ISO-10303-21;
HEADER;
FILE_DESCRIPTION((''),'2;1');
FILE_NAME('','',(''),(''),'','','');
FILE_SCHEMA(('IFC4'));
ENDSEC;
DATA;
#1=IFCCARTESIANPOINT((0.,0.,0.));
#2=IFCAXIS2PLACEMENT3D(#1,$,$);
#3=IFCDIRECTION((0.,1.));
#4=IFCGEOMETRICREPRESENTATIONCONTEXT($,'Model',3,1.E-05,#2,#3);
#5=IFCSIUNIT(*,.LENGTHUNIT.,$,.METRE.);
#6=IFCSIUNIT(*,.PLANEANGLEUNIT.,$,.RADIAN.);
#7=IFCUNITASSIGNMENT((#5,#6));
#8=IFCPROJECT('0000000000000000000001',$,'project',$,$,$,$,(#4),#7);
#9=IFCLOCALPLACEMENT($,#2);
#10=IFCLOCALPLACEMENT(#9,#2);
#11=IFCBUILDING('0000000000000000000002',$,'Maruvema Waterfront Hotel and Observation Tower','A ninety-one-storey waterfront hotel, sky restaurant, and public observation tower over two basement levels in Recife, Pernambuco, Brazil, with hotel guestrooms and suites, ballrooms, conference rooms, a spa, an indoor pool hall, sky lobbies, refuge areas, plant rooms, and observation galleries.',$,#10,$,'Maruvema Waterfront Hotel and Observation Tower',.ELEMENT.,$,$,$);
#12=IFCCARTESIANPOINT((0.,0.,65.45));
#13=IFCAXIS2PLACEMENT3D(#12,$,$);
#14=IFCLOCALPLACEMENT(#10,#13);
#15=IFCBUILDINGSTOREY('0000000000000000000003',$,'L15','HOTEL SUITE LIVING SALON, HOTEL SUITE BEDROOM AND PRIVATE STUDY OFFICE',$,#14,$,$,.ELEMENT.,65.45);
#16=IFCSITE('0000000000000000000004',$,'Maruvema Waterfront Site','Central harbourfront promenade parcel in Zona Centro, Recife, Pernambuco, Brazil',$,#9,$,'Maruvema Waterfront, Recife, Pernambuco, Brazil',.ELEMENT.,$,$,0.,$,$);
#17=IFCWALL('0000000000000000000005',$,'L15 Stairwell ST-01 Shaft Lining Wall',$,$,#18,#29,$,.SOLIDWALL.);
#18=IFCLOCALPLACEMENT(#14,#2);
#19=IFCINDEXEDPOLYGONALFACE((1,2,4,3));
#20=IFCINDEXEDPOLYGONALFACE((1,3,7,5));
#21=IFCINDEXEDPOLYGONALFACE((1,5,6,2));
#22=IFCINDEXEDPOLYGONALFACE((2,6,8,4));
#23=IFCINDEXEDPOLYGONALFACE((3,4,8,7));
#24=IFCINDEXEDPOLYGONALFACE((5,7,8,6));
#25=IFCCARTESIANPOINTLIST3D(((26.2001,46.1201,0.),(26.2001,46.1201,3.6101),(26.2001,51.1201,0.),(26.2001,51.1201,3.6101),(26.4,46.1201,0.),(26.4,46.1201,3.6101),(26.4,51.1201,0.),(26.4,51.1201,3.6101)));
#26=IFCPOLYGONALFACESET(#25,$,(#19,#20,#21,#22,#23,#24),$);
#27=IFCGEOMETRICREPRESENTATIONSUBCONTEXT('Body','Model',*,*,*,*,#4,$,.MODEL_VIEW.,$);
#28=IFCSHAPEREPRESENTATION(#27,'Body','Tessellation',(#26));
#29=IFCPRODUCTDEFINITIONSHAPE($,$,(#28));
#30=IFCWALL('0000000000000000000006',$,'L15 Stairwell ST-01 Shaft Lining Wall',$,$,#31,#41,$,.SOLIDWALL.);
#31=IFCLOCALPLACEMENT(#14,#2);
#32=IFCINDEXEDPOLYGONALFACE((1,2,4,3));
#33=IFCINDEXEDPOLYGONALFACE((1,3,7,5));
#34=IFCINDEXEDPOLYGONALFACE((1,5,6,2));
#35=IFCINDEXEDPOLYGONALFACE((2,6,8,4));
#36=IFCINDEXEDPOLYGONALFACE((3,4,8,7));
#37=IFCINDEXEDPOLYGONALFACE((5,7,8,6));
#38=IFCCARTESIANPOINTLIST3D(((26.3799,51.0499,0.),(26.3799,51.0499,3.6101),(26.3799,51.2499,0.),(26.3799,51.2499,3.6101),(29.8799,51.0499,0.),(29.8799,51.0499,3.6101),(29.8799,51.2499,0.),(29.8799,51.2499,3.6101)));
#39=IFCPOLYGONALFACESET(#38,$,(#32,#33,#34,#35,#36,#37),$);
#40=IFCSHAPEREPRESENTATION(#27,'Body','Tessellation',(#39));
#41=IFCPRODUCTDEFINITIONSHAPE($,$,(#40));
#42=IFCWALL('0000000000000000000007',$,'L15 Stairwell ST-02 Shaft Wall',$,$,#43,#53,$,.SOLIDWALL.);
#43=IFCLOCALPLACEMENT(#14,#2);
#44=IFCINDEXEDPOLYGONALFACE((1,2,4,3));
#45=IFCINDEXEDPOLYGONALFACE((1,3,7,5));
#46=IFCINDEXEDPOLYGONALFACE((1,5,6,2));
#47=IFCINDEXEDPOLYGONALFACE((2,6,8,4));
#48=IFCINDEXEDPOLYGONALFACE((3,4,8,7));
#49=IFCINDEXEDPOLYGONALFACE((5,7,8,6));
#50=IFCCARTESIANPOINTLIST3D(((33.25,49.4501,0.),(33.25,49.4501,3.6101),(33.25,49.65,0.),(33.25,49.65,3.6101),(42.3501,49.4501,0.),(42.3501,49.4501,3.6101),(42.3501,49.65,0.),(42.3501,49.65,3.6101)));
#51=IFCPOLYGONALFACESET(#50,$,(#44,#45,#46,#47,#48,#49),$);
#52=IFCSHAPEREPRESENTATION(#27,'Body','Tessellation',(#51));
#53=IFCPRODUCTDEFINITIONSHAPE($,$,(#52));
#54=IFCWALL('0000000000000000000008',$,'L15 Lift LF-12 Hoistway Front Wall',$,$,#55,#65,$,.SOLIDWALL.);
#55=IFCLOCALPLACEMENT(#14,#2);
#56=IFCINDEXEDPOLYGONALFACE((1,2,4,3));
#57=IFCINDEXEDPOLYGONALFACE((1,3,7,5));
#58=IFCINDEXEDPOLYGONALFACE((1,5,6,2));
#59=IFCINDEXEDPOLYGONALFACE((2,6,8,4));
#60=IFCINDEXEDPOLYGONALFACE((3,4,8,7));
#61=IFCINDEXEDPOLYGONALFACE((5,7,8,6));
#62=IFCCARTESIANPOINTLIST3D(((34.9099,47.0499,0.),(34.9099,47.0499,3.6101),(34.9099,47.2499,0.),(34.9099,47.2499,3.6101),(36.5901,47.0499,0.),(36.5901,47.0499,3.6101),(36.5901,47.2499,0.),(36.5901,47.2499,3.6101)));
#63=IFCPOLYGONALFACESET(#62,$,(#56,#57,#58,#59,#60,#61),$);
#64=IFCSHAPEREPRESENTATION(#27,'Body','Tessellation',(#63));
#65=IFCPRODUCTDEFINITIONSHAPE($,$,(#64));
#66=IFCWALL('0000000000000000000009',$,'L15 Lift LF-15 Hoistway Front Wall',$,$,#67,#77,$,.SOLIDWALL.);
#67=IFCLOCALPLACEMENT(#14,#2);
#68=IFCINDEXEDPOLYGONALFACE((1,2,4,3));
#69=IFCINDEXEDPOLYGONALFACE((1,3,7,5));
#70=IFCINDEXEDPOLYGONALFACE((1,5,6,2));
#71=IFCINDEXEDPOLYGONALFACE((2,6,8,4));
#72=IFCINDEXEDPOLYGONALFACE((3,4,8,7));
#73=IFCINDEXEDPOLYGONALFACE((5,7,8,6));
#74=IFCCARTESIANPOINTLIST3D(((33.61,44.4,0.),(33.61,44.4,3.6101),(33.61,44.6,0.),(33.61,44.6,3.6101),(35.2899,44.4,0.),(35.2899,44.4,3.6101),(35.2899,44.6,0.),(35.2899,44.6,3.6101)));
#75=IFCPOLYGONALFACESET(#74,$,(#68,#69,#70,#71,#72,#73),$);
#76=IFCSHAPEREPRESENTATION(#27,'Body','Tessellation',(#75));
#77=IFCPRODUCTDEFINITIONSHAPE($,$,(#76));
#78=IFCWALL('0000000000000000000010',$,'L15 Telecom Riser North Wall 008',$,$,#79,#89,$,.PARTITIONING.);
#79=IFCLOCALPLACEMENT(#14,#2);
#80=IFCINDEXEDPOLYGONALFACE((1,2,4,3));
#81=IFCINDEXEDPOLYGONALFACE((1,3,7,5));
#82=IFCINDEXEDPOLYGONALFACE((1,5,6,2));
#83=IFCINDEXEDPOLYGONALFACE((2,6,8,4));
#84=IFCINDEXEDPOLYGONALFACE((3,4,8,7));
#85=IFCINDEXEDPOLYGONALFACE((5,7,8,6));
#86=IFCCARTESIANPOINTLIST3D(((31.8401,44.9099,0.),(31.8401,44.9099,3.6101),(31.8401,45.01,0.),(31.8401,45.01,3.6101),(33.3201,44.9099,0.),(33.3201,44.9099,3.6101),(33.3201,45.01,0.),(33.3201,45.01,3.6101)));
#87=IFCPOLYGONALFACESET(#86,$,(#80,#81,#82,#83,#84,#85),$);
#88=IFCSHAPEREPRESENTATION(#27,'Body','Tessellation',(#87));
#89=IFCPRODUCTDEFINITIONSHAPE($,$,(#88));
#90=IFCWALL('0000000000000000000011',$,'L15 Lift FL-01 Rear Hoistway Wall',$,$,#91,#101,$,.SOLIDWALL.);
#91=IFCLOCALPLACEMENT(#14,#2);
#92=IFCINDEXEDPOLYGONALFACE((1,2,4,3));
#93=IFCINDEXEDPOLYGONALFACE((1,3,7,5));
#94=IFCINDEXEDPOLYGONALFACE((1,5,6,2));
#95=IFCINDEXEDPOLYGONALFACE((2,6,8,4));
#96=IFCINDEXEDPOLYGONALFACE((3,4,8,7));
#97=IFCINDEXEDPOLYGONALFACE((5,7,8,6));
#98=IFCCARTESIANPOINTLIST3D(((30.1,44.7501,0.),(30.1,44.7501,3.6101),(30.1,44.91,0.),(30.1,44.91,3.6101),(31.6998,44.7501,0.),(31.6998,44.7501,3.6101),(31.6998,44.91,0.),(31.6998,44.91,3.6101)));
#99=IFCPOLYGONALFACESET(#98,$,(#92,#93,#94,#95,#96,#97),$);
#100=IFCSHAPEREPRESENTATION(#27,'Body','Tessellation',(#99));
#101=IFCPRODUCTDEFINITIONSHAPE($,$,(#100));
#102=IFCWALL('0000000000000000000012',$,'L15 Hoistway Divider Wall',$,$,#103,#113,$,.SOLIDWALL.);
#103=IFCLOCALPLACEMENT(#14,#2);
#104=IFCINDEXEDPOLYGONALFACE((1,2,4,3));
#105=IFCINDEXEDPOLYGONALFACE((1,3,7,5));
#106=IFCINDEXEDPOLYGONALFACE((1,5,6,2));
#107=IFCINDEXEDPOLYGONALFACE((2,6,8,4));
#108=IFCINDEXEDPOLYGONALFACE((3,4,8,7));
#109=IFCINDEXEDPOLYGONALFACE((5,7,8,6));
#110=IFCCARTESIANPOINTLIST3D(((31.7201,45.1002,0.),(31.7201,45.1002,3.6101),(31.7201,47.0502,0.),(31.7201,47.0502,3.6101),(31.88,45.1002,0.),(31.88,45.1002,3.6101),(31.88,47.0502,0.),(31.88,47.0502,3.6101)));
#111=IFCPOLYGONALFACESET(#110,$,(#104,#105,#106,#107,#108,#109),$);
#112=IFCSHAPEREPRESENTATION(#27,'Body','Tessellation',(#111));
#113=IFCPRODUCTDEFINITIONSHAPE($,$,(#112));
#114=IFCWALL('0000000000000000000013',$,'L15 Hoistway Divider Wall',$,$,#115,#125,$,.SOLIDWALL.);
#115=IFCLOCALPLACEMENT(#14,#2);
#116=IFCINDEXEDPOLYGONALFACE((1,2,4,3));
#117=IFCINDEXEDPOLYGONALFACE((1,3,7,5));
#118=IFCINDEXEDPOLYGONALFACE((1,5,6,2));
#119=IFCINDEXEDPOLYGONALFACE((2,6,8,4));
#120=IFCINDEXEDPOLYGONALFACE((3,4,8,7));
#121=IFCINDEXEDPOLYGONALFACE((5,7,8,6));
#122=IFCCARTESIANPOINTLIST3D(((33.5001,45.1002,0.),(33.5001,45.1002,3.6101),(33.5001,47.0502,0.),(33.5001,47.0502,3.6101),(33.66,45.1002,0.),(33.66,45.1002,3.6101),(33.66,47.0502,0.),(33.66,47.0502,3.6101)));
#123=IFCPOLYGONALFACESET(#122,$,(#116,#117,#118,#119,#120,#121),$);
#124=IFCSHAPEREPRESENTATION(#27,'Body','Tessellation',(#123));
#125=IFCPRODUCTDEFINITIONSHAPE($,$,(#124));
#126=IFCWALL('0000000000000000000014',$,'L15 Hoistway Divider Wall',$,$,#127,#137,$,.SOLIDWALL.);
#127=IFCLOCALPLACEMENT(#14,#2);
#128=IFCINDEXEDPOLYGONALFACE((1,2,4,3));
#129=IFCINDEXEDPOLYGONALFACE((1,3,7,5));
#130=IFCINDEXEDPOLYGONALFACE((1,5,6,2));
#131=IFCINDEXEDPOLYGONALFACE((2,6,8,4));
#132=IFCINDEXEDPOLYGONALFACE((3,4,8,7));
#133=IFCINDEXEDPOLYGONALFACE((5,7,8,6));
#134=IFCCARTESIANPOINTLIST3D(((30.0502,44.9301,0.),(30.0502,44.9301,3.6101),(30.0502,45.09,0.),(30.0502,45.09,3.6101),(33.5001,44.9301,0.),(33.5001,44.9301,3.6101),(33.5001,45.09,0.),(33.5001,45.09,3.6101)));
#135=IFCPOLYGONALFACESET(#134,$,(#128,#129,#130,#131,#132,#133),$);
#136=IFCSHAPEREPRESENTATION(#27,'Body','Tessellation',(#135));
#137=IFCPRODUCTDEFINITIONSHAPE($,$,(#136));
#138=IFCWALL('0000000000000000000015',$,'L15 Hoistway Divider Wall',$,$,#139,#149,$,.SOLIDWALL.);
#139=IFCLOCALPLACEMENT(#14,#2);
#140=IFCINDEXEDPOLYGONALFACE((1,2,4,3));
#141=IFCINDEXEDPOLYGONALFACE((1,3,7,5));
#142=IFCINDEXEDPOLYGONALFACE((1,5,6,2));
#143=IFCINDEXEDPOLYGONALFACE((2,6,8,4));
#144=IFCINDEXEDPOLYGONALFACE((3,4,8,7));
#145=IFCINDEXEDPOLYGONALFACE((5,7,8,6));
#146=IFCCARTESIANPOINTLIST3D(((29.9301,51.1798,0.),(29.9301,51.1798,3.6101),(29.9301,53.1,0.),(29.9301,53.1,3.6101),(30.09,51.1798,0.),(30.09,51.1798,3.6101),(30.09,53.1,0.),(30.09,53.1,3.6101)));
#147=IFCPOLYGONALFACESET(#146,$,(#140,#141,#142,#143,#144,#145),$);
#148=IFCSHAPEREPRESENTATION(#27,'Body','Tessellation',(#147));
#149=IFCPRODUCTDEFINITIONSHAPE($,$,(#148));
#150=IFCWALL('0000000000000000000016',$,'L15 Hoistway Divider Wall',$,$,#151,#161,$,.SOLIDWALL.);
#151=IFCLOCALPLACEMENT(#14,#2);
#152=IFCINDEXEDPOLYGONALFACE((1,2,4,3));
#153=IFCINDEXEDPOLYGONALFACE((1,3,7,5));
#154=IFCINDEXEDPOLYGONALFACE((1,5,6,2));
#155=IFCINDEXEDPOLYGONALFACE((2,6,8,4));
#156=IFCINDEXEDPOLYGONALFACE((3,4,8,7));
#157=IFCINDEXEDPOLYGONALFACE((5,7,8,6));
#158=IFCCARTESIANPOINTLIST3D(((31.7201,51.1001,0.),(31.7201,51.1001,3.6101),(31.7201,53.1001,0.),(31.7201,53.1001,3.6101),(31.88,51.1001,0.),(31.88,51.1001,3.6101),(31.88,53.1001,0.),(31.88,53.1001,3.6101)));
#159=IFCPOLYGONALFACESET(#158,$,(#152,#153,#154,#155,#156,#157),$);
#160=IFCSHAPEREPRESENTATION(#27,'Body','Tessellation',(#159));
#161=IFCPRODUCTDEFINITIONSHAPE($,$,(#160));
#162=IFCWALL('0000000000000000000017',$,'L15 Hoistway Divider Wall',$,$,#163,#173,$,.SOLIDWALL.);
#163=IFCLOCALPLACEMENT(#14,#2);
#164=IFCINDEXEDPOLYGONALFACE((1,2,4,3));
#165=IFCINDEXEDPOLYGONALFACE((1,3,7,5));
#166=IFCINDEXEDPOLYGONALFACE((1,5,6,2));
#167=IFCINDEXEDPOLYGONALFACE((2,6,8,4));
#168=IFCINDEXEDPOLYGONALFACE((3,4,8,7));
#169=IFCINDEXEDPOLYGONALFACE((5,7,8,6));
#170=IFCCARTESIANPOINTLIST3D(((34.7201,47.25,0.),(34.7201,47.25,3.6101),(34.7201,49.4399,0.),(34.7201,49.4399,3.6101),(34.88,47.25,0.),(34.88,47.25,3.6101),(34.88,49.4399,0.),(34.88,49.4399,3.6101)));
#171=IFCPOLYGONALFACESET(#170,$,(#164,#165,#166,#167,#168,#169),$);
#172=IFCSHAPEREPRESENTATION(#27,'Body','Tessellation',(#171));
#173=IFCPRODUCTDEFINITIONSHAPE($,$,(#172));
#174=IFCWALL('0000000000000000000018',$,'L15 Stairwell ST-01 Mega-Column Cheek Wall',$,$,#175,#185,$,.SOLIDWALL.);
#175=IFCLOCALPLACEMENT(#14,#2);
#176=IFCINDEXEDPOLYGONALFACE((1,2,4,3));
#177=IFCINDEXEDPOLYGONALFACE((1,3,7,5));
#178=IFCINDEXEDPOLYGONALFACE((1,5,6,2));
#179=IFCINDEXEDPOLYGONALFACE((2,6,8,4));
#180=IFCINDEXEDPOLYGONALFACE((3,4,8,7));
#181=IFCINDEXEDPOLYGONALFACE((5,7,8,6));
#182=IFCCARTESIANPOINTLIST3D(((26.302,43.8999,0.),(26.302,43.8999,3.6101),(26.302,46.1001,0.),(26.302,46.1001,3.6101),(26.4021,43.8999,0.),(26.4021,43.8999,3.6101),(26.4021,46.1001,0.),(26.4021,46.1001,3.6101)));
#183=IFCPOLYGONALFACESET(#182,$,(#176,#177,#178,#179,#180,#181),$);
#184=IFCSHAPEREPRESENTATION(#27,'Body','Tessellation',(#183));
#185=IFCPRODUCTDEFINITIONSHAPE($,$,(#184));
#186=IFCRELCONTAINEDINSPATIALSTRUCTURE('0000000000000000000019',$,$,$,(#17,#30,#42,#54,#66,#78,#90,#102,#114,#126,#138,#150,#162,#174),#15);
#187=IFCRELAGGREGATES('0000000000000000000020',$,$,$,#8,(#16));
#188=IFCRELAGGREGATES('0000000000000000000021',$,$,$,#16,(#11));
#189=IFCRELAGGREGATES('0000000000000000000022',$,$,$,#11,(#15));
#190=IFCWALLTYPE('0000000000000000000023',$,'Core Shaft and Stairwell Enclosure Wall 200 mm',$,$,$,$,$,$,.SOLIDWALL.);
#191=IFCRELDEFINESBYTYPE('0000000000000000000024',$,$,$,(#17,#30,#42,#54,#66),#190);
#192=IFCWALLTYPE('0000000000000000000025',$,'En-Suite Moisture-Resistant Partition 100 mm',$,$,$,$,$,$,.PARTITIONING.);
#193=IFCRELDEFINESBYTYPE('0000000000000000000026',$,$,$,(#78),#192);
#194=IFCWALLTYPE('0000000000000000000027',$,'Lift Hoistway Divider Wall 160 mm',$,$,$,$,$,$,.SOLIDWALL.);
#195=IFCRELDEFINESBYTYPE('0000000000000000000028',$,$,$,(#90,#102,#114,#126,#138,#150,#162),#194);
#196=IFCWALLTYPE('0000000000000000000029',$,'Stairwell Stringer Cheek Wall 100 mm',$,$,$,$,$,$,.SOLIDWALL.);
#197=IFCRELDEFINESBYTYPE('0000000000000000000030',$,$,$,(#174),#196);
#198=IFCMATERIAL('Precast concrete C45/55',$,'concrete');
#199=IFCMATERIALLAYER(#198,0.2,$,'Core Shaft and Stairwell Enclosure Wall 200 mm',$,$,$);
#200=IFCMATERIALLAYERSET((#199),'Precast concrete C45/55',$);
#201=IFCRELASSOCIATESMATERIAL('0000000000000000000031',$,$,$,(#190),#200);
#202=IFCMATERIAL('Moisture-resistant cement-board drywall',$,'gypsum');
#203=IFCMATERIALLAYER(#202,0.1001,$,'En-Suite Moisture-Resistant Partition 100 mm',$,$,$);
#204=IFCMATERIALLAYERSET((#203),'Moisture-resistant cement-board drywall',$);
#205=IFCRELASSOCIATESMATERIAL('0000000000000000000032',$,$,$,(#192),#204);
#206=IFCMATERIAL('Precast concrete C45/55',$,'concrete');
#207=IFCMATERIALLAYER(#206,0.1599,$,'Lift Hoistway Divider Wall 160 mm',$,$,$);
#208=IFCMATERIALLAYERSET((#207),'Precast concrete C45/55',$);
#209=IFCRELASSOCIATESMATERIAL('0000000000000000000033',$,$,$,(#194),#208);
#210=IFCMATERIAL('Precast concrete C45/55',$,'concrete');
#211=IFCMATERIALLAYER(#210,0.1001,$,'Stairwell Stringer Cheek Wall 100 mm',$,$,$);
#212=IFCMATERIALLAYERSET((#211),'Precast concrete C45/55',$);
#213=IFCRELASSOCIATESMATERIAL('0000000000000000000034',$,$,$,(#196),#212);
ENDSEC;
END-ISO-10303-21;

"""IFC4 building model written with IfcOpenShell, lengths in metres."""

from ifc_helpers import new_model, si_unit, direction, frame, frame_2d, origin, place, context, subcontext, project, spatial, rectangle, extrude, material, layer, layer_set, type_object, element, save


model = new_model("IFC4")

# Units and contexts
model_context = context("Model", 3, precision=1e-05, world=origin(), true_north=direction((0.0, 1.0)))
body_context = subcontext(model_context, "Body", "Model", "MODEL_VIEW")
ifc_project = project(units=[si_unit("LENGTHUNIT", "METRE"), si_unit("PLANEANGLEUNIT", "RADIAN")], contexts=[model_context])

# Site, building, storey
site_placement = place(None, origin())
site = spatial("IfcSite", under=ifc_project, at=site_placement, Name="Maruvema Waterfront Site", Description="Central harbourfront promenade parcel in Zona Centro, Recife, Pernambuco, Brazil", LongName="Maruvema Waterfront, Recife, Pernambuco, Brazil", CompositionType="ELEMENT", RefElevation=0.0)
building_placement = place(site_placement, origin())
building = spatial("IfcBuilding", under=site, at=building_placement, Name="Maruvema Waterfront Hotel and Observation Tower", Description="A ninety-one-storey waterfront hotel, sky restaurant, and public observation tower over two basement levels in Recife, Pernambuco, Brazil, with hotel guestrooms and suites, ballrooms, conference rooms, a spa, an indoor pool hall, sky lobbies, refuge areas, plant rooms, and observation galleries.", LongName="Maruvema Waterfront Hotel and Observation Tower", CompositionType="ELEMENT")
storey_placement = place(building_placement, frame((0.0, 0.0, 65.45)))
storey = spatial("IfcBuildingStorey", under=building, at=storey_placement, Name="L15", Description="HOTEL SUITE LIVING SALON, HOTEL SUITE BEDROOM AND PRIVATE STUDY OFFICE", CompositionType="ELEMENT", Elevation=65.45)

# Walls
ifc_material_1 = material(Name="Precast concrete C45/55", Category="concrete")
ifc_layer_1 = layer(ifc_material_1, 0.2, Name="Core Shaft and Stairwell Enclosure Wall 200 mm")
ifc_layer_set_1 = layer_set([ifc_layer_1], Name="Precast concrete C45/55")
wall_type_1 = type_object("IfcWallType", Name="Core Shaft and Stairwell Enclosure Wall 200 mm", PredefinedType="SOLIDWALL", material=ifc_layer_set_1)
wall_1_placement = place(storey_placement, frame((26.3, 46.1201, 0.0), z_axis=(0.0, 0.0, 1.0), x_axis=(0.0, 1.0, 0.0)))
element("IfcWall", 1, at=wall_1_placement, inside=storey, type_object=wall_type_1, Name="L15 Stairwell ST-01 Shaft Lining Wall", PredefinedType="SOLIDWALL", context=body_context, shape_type="SweptSolid", body=[
    extrude(rectangle(XDim=5.0, YDim=0.2, at=frame_2d((2.5, 0.0))), origin(), (0.0, 0.0, 1.0), 3.6101),
])
wall_2_placement = place(storey_placement, frame((26.3799, 51.1499, 0.0), z_axis=(0.0, 0.0, 1.0), x_axis=(1.0, 0.0, 0.0)))
element("IfcWall", 2, at=wall_2_placement, inside=storey, type_object=wall_type_1, Name="L15 Stairwell ST-01 Shaft Lining Wall", PredefinedType="SOLIDWALL", context=body_context, shape_type="SweptSolid", body=[
    extrude(rectangle(XDim=3.5, YDim=0.2, at=frame_2d((1.75, 0.0))), origin(), (0.0, 0.0, 1.0), 3.6101),
])
wall_3_placement = place(storey_placement, frame((33.25, 49.55, 0.0), z_axis=(0.0, 0.0, 1.0), x_axis=(1.0, 0.0, 0.0)))
element("IfcWall", 3, at=wall_3_placement, inside=storey, type_object=wall_type_1, Name="L15 Stairwell ST-02 Shaft Wall", PredefinedType="SOLIDWALL", context=body_context, shape_type="SweptSolid", body=[
    extrude(rectangle(XDim=9.1001, YDim=0.2, at=frame_2d((4.55, 0.0))), origin(), (0.0, 0.0, 1.0), 3.6101),
])

# Walls
wall_4_placement = place(storey_placement, frame((34.9099, 47.1499, 0.0), z_axis=(0.0, 0.0, 1.0), x_axis=(1.0, 0.0, 0.0)))
element("IfcWall", 4, at=wall_4_placement, inside=storey, type_object=wall_type_1, Name="L15 Lift LF-12 Hoistway Front Wall", PredefinedType="SOLIDWALL", context=body_context, shape_type="SweptSolid", body=[
    extrude(rectangle(XDim=1.6802, YDim=0.2, at=frame_2d((0.8401, 0.0))), origin(), (0.0, 0.0, 1.0), 3.6101),
])
wall_5_placement = place(storey_placement, frame((33.6101, 44.5, 0.0), z_axis=(0.0, 0.0, 1.0), x_axis=(1.0, 0.0, 0.0)))
element("IfcWall", 5, at=wall_5_placement, inside=storey, type_object=wall_type_1, Name="L15 Lift LF-15 Hoistway Front Wall", PredefinedType="SOLIDWALL", context=body_context, shape_type="SweptSolid", body=[
    extrude(rectangle(XDim=1.6799, YDim=0.2, at=frame_2d((0.8398, 0.0))), origin(), (0.0, 0.0, 1.0), 3.6101),
])
ifc_material_2 = material(Name="Moisture-resistant cement-board drywall", Category="gypsum")
ifc_layer_2 = layer(ifc_material_2, 0.1001, Name="En-Suite Moisture-Resistant Partition 100 mm")
ifc_layer_set_2 = layer_set([ifc_layer_2], Name="Moisture-resistant cement-board drywall")
wall_type_2 = type_object("IfcWallType", Name="En-Suite Moisture-Resistant Partition 100 mm", PredefinedType="PARTITIONING", material=ifc_layer_set_2)
wall_6_placement = place(storey_placement, frame((31.8401, 44.96, 0.0), z_axis=(0.0, 0.0, 1.0), x_axis=(1.0, 0.0, 0.0)))
element("IfcWall", 6, at=wall_6_placement, inside=storey, type_object=wall_type_2, Name="L15 Telecom Riser North Wall 008", PredefinedType="PARTITIONING", context=body_context, shape_type="SweptSolid", body=[
    extrude(rectangle(XDim=1.48, YDim=0.1001, at=frame_2d((0.74, 0.0))), origin(), (0.0, 0.0, 1.0), 3.6101),
])
ifc_material_3 = material(Name="Precast concrete C45/55", Category="concrete")
ifc_layer_3 = layer(ifc_material_3, 0.1599, Name="Lift Hoistway Divider Wall 160 mm")
ifc_layer_set_3 = layer_set([ifc_layer_3], Name="Precast concrete C45/55")
wall_type_3 = type_object("IfcWallType", Name="Lift Hoistway Divider Wall 160 mm", PredefinedType="SOLIDWALL", material=ifc_layer_set_3)
wall_7_placement = place(storey_placement, frame((30.1001, 44.8301, 0.0), z_axis=(0.0, 0.0, 1.0), x_axis=(1.0, 0.0, 0.0)))
element("IfcWall", 7, at=wall_7_placement, inside=storey, type_object=wall_type_3, Name="L15 Lift FL-01 Rear Hoistway Wall", PredefinedType="SOLIDWALL", context=body_context, shape_type="SweptSolid", body=[
    extrude(rectangle(XDim=1.5999, YDim=0.1599, at=frame_2d((0.7998, 0.0))), origin(), (0.0, 0.0, 1.0), 3.6101),
])
for number, where, z_axis, x_axis, name in (
    (8, (31.8, 45.1001, 0.0), (0.0, 0.0, 1.0), (0.0, 1.0, 0.0), "L15 Hoistway Divider Wall"),
    (9, (33.5801, 45.1001, 0.0), (0.0, 0.0, 1.0), (0.0, 1.0, 0.0), "L15 Hoistway Divider Wall"),
):
    element("IfcWall", number, at=place(storey_placement, frame(where, z_axis=z_axis, x_axis=x_axis)), inside=storey, type_object=wall_type_3, Name=name, PredefinedType="SOLIDWALL", context=body_context, shape_type="SweptSolid", body=[
        extrude(rectangle(XDim=1.95, YDim=0.1599, at=frame_2d((0.9751, 0.0))), origin(), (0.0, 0.0, 1.0), 3.6101),
    ])
wall_8_placement = place(storey_placement, frame((30.05, 45.01, 0.0), z_axis=(0.0, 0.0, 1.0), x_axis=(1.0, 0.0, 0.0)))
element("IfcWall", 10, at=wall_8_placement, inside=storey, type_object=wall_type_3, Name="L15 Hoistway Divider Wall", PredefinedType="SOLIDWALL", context=body_context, shape_type="SweptSolid", body=[
    extrude(rectangle(XDim=3.45, YDim=0.1599, at=frame_2d((1.7251, 0.0))), origin(), (0.0, 0.0, 1.0), 3.6101),
])
wall_9_placement = place(storey_placement, frame((30.01, 51.1799, 0.0), z_axis=(0.0, 0.0, 1.0), x_axis=(0.0, 1.0, 0.0)))
element("IfcWall", 11, at=wall_9_placement, inside=storey, type_object=wall_type_3, Name="L15 Hoistway Divider Wall", PredefinedType="SOLIDWALL", context=body_context, shape_type="SweptSolid", body=[
    extrude(rectangle(XDim=1.9202, YDim=0.1599, at=frame_2d((0.96, 0.0))), origin(), (0.0, 0.0, 1.0), 3.6101),
])
wall_10_placement = place(storey_placement, frame((31.8, 51.1001, 0.0), z_axis=(0.0, 0.0, 1.0), x_axis=(0.0, 1.0, 0.0)))
element("IfcWall", 12, at=wall_10_placement, inside=storey, type_object=wall_type_3, Name="L15 Hoistway Divider Wall", PredefinedType="SOLIDWALL", context=body_context, shape_type="SweptSolid", body=[
    extrude(rectangle(XDim=2.0, YDim=0.1599, at=frame_2d((1.0, 0.0))), origin(), (0.0, 0.0, 1.0), 3.6101),
])
wall_11_placement = place(storey_placement, frame((34.8, 47.25, 0.0), z_axis=(0.0, 0.0, 1.0), x_axis=(0.0, 1.0, 0.0)))
element("IfcWall", 13, at=wall_11_placement, inside=storey, type_object=wall_type_3, Name="L15 Hoistway Divider Wall", PredefinedType="SOLIDWALL", context=body_context, shape_type="SweptSolid", body=[
    extrude(rectangle(XDim=2.1899, YDim=0.1599, at=frame_2d((1.095, 0.0))), origin(), (0.0, 0.0, 1.0), 3.6101),
])
ifc_material_4 = material(Name="Precast concrete C45/55", Category="concrete")
ifc_layer_4 = layer(ifc_material_4, 0.1001, Name="Stairwell Stringer Cheek Wall 100 mm")
ifc_layer_set_4 = layer_set([ifc_layer_4], Name="Precast concrete C45/55")
wall_type_4 = type_object("IfcWallType", Name="Stairwell Stringer Cheek Wall 100 mm", PredefinedType="SOLIDWALL", material=ifc_layer_set_4)
wall_12_placement = place(storey_placement, frame((26.3521, 43.8999, 0.0), z_axis=(0.0, 0.0, 1.0), x_axis=(0.0, 1.0, 0.0)))
element("IfcWall", 14, at=wall_12_placement, inside=storey, type_object=wall_type_4, Name="L15 Stairwell ST-01 Mega-Column Cheek Wall", PredefinedType="SOLIDWALL", context=body_context, shape_type="SweptSolid", body=[
    extrude(rectangle(XDim=2.2002, YDim=0.1001, at=frame_2d((1.1001, 0.0))), origin(), (0.0, 0.0, 1.0), 3.6101),
])

save(model, "model.ifc")
